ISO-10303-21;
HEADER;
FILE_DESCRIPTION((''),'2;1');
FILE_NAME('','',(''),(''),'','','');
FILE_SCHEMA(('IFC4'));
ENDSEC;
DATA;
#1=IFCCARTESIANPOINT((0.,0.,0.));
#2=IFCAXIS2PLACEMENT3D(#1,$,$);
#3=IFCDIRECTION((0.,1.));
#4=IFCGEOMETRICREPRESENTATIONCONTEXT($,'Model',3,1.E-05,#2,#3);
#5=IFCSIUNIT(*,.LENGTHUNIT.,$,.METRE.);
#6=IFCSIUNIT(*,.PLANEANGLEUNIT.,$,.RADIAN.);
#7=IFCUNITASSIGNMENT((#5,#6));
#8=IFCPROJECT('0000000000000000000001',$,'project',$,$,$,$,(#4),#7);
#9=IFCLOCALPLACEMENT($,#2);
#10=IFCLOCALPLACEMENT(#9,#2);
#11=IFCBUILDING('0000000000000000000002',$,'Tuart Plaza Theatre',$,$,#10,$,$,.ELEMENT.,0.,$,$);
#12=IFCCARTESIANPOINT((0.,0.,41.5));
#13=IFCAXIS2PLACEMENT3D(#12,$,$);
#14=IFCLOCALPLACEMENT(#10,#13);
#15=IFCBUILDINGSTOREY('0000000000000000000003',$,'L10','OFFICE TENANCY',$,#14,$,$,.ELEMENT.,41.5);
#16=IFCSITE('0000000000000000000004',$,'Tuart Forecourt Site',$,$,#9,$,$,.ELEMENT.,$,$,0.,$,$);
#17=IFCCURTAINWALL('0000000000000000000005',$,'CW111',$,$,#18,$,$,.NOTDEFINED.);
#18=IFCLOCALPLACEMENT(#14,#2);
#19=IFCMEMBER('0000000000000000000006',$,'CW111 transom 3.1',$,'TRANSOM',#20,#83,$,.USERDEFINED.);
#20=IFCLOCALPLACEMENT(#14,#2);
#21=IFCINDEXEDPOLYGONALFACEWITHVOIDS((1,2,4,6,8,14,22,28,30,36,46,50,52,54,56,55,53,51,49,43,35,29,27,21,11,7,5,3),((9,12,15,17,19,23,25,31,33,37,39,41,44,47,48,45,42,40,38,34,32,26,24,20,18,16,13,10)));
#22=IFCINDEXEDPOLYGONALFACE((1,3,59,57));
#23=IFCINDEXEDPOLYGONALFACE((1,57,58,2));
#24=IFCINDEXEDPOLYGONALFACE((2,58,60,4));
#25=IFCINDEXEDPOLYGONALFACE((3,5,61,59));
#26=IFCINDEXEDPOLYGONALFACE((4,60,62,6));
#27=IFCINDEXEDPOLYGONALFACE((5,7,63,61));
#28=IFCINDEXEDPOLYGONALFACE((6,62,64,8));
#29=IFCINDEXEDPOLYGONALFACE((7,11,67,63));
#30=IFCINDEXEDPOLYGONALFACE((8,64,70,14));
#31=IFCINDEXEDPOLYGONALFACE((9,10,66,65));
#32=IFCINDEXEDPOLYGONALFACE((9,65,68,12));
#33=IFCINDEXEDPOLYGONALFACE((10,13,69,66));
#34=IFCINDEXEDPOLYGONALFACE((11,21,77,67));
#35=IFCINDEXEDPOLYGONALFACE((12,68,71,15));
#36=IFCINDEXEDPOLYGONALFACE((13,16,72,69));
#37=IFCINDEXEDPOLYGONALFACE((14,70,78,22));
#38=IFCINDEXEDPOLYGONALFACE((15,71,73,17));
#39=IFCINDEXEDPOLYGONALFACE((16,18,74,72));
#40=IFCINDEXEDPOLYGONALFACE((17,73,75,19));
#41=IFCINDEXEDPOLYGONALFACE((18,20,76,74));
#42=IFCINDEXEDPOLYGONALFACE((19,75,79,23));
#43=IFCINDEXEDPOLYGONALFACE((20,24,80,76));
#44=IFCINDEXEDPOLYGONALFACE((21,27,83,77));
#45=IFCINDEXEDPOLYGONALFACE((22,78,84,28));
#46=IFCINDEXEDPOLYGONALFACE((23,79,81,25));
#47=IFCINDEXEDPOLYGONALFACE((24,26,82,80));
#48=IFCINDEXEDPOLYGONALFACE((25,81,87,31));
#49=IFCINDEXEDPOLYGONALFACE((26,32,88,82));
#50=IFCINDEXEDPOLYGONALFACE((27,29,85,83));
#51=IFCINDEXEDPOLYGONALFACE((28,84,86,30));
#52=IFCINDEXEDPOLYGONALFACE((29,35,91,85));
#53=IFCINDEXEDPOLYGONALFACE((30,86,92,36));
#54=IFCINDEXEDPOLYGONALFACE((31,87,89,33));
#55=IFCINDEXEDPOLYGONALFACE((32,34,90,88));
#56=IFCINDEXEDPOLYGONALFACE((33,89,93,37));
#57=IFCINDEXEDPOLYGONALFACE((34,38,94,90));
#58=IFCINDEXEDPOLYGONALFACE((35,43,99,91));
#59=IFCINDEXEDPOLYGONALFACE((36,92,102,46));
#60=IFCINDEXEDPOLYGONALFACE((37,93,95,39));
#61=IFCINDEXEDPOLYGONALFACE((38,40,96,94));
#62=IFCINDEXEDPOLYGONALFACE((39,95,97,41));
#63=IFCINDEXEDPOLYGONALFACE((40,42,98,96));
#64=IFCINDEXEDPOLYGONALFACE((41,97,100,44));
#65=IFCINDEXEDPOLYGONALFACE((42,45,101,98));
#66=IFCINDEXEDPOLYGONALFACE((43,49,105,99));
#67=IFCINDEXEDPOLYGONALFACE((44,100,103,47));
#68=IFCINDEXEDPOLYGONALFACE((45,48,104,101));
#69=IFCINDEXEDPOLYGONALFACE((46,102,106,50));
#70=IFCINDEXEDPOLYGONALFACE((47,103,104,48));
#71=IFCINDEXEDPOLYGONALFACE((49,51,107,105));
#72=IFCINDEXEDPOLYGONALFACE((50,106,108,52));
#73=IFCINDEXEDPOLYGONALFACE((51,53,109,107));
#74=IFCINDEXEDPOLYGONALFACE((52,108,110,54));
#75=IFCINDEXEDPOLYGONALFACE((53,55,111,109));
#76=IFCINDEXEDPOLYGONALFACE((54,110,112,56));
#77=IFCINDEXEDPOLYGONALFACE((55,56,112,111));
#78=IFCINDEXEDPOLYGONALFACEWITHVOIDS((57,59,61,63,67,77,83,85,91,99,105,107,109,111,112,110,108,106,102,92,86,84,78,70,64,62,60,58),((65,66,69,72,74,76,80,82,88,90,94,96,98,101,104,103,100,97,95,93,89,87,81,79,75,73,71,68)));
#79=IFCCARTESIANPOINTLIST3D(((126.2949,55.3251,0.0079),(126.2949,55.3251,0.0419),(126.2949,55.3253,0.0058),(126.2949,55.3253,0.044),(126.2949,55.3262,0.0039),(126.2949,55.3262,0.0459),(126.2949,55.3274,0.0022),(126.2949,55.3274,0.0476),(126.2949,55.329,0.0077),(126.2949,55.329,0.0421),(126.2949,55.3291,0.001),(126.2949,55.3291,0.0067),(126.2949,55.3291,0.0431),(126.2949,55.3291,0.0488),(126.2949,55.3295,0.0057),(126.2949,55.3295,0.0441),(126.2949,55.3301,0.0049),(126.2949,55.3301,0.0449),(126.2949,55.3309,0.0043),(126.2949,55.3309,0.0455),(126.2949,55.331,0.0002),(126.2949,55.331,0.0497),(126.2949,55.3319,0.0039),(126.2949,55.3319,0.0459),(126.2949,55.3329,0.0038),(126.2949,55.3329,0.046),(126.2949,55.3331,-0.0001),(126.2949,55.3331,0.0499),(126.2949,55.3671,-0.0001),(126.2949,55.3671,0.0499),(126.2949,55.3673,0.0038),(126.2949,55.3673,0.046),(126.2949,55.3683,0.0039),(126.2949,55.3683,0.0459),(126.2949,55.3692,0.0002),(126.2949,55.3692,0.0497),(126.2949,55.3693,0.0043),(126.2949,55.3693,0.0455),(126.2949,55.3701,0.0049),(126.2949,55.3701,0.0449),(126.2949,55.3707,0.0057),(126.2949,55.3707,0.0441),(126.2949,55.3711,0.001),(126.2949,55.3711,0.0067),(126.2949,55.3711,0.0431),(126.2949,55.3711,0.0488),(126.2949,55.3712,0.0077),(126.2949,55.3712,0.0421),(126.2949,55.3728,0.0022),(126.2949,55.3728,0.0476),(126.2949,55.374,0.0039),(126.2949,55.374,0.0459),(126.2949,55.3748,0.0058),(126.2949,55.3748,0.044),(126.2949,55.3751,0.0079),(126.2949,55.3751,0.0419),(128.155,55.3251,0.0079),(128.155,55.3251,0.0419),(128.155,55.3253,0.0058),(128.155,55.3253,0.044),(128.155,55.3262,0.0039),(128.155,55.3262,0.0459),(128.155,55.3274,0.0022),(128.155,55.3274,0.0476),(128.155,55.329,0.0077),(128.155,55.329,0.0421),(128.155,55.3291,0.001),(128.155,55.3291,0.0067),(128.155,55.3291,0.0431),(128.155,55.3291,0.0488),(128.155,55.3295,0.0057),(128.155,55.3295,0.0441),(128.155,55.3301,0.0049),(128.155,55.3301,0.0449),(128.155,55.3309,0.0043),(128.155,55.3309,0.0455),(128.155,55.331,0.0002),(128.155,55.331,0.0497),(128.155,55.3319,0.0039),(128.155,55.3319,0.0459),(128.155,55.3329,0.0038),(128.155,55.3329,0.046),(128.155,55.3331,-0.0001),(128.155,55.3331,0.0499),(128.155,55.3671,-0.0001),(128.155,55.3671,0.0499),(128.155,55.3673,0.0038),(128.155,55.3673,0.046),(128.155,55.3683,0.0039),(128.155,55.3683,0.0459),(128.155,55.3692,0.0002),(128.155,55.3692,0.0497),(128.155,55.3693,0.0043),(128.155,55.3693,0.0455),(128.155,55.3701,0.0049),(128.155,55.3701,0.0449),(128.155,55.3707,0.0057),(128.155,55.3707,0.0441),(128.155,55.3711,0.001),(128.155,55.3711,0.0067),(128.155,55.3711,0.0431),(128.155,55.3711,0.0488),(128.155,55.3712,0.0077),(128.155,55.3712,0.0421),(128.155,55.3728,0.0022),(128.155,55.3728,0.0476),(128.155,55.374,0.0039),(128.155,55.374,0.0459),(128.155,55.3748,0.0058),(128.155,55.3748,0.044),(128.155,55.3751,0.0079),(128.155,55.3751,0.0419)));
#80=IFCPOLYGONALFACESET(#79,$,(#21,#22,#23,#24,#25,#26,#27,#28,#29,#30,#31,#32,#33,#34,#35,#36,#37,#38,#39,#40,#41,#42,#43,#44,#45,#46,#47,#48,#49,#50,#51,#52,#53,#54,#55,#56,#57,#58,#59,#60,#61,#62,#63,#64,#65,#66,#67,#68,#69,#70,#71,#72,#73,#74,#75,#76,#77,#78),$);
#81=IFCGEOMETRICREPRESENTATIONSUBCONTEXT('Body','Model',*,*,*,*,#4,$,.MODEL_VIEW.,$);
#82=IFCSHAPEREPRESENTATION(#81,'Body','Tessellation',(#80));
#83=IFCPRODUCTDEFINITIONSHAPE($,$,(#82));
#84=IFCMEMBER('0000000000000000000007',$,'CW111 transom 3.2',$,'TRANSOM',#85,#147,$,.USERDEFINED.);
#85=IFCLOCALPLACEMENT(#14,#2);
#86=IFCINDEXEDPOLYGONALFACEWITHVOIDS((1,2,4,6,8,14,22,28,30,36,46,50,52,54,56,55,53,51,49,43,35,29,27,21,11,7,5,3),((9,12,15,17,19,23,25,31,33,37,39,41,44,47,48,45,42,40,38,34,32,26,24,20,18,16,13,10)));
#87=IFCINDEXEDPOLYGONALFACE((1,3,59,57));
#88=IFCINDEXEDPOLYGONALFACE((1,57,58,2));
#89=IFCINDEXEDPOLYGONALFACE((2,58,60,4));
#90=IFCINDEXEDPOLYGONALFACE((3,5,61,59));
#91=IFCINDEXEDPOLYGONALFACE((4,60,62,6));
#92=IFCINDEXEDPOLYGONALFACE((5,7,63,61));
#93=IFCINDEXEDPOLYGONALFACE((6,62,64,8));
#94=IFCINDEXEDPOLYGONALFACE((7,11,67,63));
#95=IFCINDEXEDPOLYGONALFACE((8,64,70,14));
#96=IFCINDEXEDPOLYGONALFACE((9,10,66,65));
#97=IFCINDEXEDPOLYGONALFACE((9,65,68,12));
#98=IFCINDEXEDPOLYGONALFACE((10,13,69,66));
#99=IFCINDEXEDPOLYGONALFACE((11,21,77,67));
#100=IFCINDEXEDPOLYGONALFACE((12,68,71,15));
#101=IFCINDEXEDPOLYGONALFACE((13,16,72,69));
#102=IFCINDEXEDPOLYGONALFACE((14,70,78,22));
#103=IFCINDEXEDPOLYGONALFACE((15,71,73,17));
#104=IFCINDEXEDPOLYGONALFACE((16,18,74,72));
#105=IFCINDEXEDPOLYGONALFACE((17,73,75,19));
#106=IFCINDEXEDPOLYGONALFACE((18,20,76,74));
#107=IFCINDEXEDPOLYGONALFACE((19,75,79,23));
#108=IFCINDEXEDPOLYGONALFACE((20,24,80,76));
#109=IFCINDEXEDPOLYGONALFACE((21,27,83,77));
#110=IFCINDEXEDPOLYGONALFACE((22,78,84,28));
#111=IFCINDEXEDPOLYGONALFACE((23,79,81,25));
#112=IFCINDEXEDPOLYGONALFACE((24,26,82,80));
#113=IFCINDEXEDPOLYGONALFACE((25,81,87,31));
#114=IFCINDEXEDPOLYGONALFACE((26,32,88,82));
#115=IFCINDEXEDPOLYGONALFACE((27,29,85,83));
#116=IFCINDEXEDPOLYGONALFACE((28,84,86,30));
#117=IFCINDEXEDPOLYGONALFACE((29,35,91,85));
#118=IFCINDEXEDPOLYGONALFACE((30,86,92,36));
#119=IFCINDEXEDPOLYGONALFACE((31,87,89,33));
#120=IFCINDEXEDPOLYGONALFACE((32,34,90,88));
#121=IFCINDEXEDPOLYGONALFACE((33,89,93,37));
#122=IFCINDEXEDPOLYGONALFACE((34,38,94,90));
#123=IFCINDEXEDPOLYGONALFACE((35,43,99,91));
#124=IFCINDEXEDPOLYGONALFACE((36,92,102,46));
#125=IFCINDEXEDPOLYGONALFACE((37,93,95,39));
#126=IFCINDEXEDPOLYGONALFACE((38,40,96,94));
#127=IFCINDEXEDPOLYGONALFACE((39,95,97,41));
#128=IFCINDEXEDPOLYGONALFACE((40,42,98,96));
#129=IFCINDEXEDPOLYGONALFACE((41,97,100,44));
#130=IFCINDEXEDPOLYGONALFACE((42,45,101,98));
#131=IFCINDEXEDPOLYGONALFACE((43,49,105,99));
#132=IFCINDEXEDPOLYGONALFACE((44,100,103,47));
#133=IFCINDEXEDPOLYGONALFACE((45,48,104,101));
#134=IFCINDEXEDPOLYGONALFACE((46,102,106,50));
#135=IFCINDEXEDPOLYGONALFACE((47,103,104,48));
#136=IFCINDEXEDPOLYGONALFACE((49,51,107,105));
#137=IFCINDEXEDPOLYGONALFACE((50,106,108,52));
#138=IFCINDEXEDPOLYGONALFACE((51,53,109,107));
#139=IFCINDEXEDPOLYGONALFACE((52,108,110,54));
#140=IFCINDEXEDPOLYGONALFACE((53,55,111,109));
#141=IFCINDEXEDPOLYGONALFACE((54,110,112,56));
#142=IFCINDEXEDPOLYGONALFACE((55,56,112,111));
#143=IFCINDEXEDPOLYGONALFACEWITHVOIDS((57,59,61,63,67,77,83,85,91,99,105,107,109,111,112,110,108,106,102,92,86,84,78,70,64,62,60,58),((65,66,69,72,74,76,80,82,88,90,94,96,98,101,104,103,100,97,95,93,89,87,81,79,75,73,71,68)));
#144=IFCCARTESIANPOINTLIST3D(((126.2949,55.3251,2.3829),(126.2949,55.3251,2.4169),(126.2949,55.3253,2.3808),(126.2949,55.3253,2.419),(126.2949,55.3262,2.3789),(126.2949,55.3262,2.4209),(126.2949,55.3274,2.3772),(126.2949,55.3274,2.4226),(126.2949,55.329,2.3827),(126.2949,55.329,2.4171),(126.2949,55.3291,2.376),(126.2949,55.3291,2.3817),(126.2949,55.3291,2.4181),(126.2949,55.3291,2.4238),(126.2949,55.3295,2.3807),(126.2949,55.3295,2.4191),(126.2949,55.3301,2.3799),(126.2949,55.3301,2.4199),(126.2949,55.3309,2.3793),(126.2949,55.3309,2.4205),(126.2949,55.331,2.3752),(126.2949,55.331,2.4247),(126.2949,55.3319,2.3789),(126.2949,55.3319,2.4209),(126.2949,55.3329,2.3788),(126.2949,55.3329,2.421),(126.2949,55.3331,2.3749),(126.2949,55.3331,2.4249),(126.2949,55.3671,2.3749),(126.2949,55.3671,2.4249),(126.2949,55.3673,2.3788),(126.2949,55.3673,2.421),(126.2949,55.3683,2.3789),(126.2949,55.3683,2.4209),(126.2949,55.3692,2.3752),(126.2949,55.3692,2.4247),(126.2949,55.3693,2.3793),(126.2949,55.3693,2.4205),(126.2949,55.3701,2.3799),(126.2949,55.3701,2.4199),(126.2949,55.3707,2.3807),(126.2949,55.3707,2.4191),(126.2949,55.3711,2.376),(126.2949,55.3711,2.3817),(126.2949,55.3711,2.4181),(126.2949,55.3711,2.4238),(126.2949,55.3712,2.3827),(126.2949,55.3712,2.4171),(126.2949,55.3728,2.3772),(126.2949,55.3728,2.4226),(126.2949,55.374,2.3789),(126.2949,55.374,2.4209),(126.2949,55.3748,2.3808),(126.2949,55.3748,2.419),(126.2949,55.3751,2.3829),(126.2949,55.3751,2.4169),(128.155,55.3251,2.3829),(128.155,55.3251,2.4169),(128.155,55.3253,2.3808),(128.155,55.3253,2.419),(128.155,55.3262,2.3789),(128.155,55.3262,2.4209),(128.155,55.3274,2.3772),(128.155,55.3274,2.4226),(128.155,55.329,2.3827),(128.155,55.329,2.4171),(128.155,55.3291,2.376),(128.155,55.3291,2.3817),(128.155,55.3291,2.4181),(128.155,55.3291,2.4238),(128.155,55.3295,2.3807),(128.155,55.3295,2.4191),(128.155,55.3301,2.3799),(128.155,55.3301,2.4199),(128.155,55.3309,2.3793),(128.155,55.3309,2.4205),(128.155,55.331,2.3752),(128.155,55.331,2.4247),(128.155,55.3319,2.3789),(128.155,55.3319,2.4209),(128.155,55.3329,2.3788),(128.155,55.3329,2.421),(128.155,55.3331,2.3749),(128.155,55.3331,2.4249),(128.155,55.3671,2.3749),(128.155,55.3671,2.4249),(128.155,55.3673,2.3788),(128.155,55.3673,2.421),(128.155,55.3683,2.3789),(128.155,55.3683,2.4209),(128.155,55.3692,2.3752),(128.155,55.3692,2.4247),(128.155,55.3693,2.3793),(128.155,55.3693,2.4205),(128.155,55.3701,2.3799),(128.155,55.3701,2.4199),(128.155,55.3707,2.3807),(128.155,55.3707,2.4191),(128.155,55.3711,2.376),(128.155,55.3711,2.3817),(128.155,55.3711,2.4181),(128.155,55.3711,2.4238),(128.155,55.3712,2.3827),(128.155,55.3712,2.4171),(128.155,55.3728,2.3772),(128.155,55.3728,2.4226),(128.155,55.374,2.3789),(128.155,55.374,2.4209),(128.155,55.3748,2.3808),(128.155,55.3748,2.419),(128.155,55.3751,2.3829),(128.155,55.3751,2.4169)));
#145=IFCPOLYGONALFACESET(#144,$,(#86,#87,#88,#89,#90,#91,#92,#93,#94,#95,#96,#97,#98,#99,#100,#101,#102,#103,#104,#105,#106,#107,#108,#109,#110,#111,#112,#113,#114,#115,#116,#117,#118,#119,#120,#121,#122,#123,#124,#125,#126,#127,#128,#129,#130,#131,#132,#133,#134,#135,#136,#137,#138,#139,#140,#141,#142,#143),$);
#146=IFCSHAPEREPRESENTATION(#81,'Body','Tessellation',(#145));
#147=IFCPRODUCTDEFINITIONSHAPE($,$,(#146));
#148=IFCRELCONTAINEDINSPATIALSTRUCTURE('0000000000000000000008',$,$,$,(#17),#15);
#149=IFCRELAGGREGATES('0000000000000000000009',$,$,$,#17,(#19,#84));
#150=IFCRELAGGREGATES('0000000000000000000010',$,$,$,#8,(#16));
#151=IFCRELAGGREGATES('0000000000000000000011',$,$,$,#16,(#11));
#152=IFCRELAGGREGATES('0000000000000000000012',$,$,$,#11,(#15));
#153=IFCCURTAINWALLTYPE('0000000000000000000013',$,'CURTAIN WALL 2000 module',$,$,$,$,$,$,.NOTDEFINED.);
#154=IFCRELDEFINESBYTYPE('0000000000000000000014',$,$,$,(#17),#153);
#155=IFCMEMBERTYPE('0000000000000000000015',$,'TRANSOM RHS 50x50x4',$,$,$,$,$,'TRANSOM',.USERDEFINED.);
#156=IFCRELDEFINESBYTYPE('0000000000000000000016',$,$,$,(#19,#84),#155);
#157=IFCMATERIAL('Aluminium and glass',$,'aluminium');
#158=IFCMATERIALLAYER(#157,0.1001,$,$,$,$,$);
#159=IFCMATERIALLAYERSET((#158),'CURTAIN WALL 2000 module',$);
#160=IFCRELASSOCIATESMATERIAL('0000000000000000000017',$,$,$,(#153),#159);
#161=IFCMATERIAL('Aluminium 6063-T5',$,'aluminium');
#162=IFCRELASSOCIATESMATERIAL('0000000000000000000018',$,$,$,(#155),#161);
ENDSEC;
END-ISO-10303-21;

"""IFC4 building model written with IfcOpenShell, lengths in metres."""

from ifc_helpers import new_model, si_unit, direction, frame, origin, origin_2d, place, context, subcontext, project, spatial, hollow_rectangle, extrude, material, layer, layer_set, material_profile, profile_set, type_object, element, aggregate, save


model = new_model("IFC4")

# Units and contexts
model_context = context("Model", 3, precision=1e-05, world=origin(), true_north=direction((0.0, 1.0)))
body_context = subcontext(model_context, "Body", "Model", "MODEL_VIEW")
ifc_project = project(units=[si_unit("LENGTHUNIT", "METRE"), si_unit("PLANEANGLEUNIT", "RADIAN")], contexts=[model_context])

# Site, building, storey
site_placement = place(None, origin())
site = spatial("IfcSite", under=ifc_project, at=site_placement, Name="Tuart Forecourt Site", CompositionType="ELEMENT", RefElevation=0.0)
building_placement = place(site_placement, origin())
building = spatial("IfcBuilding", under=site, at=building_placement, Name="Tuart Plaza Theatre", CompositionType="ELEMENT", ElevationOfRefHeight=0.0)
storey_placement = place(building_placement, frame((0.0, 0.0, 41.5)))
storey = spatial("IfcBuildingStorey", under=building, at=storey_placement, Name="L10", Description="OFFICE TENANCY", CompositionType="ELEMENT", Elevation=41.5)

# Shared definitions
ifc_material_1 = material(Name="Aluminium and glass", Category="aluminium")
ifc_layer_1 = layer(ifc_material_1, 0.1001)
ifc_layer_set_1 = layer_set([ifc_layer_1], Name="CURTAIN WALL 2000 module")
curtain_wall_type = type_object("IfcCurtainWallType", Name="CURTAIN WALL 2000 module", PredefinedType="NOTDEFINED", material=ifc_layer_set_1)

# Curtain wall
curtain_wall_1_placement = place(storey_placement, origin())
curtain_wall_1 = element("IfcCurtainWall", 1, at=curtain_wall_1_placement, inside=storey, type_object=curtain_wall_type, Name="CW111", PredefinedType="NOTDEFINED")

# Members
ifc_material_2 = material(Name="Aluminium 6063-T5", Category="aluminium")
ifc_material_profile_1 = material_profile(ifc_material_2, hollow_rectangle(XDim=0.05, YDim=0.05, WallThickness=0.0039, InnerFilletRadius=0.0039, OuterFilletRadius=0.0081, at=origin_2d()), Name="RHS 50x50x4")
ifc_profile_set_1 = profile_set([ifc_material_profile_1], Name="Aluminium 6063-T5")
member_type_1 = type_object("IfcMemberType", Name="TRANSOM RHS 50x50x4", ElementType="TRANSOM", PredefinedType="USERDEFINED", material=ifc_profile_set_1)
member_1_placement = place(storey_placement, frame((126.2949, 55.3501, 0.0249), z_axis=(1.0, 0.0, 0.0), x_axis=(0.0, 1.0, 0.0)))
member_1 = element("IfcMember", 2, at=member_1_placement, type_object=member_type_1, Name="CW111 transom 3.1", ObjectType="TRANSOM", PredefinedType="USERDEFINED", context=body_context, shape_type="SweptSolid", body=[
    extrude(hollow_rectangle(XDim=0.05, YDim=0.05, WallThickness=0.0039, InnerFilletRadius=0.0039, OuterFilletRadius=0.0081, at=origin_2d()), origin(), (0.0, 0.0, 1.0), 1.8601),
])
member_2_placement = place(storey_placement, frame((126.2949, 55.3501, 2.3999), z_axis=(1.0, 0.0, 0.0), x_axis=(0.0, 1.0, 0.0)))
member_2 = element("IfcMember", 3, at=member_2_placement, type_object=member_type_1, Name="CW111 transom 3.2", ObjectType="TRANSOM", PredefinedType="USERDEFINED", context=body_context, shape_type="SweptSolid", body=[
    extrude(hollow_rectangle(XDim=0.05, YDim=0.05, WallThickness=0.0039, InnerFilletRadius=0.0039, OuterFilletRadius=0.0081, at=origin_2d()), origin(), (0.0, 0.0, 1.0), 1.8601),
])

aggregate(curtain_wall_1, [member_1, member_2])

save(model, "model.ifc")
